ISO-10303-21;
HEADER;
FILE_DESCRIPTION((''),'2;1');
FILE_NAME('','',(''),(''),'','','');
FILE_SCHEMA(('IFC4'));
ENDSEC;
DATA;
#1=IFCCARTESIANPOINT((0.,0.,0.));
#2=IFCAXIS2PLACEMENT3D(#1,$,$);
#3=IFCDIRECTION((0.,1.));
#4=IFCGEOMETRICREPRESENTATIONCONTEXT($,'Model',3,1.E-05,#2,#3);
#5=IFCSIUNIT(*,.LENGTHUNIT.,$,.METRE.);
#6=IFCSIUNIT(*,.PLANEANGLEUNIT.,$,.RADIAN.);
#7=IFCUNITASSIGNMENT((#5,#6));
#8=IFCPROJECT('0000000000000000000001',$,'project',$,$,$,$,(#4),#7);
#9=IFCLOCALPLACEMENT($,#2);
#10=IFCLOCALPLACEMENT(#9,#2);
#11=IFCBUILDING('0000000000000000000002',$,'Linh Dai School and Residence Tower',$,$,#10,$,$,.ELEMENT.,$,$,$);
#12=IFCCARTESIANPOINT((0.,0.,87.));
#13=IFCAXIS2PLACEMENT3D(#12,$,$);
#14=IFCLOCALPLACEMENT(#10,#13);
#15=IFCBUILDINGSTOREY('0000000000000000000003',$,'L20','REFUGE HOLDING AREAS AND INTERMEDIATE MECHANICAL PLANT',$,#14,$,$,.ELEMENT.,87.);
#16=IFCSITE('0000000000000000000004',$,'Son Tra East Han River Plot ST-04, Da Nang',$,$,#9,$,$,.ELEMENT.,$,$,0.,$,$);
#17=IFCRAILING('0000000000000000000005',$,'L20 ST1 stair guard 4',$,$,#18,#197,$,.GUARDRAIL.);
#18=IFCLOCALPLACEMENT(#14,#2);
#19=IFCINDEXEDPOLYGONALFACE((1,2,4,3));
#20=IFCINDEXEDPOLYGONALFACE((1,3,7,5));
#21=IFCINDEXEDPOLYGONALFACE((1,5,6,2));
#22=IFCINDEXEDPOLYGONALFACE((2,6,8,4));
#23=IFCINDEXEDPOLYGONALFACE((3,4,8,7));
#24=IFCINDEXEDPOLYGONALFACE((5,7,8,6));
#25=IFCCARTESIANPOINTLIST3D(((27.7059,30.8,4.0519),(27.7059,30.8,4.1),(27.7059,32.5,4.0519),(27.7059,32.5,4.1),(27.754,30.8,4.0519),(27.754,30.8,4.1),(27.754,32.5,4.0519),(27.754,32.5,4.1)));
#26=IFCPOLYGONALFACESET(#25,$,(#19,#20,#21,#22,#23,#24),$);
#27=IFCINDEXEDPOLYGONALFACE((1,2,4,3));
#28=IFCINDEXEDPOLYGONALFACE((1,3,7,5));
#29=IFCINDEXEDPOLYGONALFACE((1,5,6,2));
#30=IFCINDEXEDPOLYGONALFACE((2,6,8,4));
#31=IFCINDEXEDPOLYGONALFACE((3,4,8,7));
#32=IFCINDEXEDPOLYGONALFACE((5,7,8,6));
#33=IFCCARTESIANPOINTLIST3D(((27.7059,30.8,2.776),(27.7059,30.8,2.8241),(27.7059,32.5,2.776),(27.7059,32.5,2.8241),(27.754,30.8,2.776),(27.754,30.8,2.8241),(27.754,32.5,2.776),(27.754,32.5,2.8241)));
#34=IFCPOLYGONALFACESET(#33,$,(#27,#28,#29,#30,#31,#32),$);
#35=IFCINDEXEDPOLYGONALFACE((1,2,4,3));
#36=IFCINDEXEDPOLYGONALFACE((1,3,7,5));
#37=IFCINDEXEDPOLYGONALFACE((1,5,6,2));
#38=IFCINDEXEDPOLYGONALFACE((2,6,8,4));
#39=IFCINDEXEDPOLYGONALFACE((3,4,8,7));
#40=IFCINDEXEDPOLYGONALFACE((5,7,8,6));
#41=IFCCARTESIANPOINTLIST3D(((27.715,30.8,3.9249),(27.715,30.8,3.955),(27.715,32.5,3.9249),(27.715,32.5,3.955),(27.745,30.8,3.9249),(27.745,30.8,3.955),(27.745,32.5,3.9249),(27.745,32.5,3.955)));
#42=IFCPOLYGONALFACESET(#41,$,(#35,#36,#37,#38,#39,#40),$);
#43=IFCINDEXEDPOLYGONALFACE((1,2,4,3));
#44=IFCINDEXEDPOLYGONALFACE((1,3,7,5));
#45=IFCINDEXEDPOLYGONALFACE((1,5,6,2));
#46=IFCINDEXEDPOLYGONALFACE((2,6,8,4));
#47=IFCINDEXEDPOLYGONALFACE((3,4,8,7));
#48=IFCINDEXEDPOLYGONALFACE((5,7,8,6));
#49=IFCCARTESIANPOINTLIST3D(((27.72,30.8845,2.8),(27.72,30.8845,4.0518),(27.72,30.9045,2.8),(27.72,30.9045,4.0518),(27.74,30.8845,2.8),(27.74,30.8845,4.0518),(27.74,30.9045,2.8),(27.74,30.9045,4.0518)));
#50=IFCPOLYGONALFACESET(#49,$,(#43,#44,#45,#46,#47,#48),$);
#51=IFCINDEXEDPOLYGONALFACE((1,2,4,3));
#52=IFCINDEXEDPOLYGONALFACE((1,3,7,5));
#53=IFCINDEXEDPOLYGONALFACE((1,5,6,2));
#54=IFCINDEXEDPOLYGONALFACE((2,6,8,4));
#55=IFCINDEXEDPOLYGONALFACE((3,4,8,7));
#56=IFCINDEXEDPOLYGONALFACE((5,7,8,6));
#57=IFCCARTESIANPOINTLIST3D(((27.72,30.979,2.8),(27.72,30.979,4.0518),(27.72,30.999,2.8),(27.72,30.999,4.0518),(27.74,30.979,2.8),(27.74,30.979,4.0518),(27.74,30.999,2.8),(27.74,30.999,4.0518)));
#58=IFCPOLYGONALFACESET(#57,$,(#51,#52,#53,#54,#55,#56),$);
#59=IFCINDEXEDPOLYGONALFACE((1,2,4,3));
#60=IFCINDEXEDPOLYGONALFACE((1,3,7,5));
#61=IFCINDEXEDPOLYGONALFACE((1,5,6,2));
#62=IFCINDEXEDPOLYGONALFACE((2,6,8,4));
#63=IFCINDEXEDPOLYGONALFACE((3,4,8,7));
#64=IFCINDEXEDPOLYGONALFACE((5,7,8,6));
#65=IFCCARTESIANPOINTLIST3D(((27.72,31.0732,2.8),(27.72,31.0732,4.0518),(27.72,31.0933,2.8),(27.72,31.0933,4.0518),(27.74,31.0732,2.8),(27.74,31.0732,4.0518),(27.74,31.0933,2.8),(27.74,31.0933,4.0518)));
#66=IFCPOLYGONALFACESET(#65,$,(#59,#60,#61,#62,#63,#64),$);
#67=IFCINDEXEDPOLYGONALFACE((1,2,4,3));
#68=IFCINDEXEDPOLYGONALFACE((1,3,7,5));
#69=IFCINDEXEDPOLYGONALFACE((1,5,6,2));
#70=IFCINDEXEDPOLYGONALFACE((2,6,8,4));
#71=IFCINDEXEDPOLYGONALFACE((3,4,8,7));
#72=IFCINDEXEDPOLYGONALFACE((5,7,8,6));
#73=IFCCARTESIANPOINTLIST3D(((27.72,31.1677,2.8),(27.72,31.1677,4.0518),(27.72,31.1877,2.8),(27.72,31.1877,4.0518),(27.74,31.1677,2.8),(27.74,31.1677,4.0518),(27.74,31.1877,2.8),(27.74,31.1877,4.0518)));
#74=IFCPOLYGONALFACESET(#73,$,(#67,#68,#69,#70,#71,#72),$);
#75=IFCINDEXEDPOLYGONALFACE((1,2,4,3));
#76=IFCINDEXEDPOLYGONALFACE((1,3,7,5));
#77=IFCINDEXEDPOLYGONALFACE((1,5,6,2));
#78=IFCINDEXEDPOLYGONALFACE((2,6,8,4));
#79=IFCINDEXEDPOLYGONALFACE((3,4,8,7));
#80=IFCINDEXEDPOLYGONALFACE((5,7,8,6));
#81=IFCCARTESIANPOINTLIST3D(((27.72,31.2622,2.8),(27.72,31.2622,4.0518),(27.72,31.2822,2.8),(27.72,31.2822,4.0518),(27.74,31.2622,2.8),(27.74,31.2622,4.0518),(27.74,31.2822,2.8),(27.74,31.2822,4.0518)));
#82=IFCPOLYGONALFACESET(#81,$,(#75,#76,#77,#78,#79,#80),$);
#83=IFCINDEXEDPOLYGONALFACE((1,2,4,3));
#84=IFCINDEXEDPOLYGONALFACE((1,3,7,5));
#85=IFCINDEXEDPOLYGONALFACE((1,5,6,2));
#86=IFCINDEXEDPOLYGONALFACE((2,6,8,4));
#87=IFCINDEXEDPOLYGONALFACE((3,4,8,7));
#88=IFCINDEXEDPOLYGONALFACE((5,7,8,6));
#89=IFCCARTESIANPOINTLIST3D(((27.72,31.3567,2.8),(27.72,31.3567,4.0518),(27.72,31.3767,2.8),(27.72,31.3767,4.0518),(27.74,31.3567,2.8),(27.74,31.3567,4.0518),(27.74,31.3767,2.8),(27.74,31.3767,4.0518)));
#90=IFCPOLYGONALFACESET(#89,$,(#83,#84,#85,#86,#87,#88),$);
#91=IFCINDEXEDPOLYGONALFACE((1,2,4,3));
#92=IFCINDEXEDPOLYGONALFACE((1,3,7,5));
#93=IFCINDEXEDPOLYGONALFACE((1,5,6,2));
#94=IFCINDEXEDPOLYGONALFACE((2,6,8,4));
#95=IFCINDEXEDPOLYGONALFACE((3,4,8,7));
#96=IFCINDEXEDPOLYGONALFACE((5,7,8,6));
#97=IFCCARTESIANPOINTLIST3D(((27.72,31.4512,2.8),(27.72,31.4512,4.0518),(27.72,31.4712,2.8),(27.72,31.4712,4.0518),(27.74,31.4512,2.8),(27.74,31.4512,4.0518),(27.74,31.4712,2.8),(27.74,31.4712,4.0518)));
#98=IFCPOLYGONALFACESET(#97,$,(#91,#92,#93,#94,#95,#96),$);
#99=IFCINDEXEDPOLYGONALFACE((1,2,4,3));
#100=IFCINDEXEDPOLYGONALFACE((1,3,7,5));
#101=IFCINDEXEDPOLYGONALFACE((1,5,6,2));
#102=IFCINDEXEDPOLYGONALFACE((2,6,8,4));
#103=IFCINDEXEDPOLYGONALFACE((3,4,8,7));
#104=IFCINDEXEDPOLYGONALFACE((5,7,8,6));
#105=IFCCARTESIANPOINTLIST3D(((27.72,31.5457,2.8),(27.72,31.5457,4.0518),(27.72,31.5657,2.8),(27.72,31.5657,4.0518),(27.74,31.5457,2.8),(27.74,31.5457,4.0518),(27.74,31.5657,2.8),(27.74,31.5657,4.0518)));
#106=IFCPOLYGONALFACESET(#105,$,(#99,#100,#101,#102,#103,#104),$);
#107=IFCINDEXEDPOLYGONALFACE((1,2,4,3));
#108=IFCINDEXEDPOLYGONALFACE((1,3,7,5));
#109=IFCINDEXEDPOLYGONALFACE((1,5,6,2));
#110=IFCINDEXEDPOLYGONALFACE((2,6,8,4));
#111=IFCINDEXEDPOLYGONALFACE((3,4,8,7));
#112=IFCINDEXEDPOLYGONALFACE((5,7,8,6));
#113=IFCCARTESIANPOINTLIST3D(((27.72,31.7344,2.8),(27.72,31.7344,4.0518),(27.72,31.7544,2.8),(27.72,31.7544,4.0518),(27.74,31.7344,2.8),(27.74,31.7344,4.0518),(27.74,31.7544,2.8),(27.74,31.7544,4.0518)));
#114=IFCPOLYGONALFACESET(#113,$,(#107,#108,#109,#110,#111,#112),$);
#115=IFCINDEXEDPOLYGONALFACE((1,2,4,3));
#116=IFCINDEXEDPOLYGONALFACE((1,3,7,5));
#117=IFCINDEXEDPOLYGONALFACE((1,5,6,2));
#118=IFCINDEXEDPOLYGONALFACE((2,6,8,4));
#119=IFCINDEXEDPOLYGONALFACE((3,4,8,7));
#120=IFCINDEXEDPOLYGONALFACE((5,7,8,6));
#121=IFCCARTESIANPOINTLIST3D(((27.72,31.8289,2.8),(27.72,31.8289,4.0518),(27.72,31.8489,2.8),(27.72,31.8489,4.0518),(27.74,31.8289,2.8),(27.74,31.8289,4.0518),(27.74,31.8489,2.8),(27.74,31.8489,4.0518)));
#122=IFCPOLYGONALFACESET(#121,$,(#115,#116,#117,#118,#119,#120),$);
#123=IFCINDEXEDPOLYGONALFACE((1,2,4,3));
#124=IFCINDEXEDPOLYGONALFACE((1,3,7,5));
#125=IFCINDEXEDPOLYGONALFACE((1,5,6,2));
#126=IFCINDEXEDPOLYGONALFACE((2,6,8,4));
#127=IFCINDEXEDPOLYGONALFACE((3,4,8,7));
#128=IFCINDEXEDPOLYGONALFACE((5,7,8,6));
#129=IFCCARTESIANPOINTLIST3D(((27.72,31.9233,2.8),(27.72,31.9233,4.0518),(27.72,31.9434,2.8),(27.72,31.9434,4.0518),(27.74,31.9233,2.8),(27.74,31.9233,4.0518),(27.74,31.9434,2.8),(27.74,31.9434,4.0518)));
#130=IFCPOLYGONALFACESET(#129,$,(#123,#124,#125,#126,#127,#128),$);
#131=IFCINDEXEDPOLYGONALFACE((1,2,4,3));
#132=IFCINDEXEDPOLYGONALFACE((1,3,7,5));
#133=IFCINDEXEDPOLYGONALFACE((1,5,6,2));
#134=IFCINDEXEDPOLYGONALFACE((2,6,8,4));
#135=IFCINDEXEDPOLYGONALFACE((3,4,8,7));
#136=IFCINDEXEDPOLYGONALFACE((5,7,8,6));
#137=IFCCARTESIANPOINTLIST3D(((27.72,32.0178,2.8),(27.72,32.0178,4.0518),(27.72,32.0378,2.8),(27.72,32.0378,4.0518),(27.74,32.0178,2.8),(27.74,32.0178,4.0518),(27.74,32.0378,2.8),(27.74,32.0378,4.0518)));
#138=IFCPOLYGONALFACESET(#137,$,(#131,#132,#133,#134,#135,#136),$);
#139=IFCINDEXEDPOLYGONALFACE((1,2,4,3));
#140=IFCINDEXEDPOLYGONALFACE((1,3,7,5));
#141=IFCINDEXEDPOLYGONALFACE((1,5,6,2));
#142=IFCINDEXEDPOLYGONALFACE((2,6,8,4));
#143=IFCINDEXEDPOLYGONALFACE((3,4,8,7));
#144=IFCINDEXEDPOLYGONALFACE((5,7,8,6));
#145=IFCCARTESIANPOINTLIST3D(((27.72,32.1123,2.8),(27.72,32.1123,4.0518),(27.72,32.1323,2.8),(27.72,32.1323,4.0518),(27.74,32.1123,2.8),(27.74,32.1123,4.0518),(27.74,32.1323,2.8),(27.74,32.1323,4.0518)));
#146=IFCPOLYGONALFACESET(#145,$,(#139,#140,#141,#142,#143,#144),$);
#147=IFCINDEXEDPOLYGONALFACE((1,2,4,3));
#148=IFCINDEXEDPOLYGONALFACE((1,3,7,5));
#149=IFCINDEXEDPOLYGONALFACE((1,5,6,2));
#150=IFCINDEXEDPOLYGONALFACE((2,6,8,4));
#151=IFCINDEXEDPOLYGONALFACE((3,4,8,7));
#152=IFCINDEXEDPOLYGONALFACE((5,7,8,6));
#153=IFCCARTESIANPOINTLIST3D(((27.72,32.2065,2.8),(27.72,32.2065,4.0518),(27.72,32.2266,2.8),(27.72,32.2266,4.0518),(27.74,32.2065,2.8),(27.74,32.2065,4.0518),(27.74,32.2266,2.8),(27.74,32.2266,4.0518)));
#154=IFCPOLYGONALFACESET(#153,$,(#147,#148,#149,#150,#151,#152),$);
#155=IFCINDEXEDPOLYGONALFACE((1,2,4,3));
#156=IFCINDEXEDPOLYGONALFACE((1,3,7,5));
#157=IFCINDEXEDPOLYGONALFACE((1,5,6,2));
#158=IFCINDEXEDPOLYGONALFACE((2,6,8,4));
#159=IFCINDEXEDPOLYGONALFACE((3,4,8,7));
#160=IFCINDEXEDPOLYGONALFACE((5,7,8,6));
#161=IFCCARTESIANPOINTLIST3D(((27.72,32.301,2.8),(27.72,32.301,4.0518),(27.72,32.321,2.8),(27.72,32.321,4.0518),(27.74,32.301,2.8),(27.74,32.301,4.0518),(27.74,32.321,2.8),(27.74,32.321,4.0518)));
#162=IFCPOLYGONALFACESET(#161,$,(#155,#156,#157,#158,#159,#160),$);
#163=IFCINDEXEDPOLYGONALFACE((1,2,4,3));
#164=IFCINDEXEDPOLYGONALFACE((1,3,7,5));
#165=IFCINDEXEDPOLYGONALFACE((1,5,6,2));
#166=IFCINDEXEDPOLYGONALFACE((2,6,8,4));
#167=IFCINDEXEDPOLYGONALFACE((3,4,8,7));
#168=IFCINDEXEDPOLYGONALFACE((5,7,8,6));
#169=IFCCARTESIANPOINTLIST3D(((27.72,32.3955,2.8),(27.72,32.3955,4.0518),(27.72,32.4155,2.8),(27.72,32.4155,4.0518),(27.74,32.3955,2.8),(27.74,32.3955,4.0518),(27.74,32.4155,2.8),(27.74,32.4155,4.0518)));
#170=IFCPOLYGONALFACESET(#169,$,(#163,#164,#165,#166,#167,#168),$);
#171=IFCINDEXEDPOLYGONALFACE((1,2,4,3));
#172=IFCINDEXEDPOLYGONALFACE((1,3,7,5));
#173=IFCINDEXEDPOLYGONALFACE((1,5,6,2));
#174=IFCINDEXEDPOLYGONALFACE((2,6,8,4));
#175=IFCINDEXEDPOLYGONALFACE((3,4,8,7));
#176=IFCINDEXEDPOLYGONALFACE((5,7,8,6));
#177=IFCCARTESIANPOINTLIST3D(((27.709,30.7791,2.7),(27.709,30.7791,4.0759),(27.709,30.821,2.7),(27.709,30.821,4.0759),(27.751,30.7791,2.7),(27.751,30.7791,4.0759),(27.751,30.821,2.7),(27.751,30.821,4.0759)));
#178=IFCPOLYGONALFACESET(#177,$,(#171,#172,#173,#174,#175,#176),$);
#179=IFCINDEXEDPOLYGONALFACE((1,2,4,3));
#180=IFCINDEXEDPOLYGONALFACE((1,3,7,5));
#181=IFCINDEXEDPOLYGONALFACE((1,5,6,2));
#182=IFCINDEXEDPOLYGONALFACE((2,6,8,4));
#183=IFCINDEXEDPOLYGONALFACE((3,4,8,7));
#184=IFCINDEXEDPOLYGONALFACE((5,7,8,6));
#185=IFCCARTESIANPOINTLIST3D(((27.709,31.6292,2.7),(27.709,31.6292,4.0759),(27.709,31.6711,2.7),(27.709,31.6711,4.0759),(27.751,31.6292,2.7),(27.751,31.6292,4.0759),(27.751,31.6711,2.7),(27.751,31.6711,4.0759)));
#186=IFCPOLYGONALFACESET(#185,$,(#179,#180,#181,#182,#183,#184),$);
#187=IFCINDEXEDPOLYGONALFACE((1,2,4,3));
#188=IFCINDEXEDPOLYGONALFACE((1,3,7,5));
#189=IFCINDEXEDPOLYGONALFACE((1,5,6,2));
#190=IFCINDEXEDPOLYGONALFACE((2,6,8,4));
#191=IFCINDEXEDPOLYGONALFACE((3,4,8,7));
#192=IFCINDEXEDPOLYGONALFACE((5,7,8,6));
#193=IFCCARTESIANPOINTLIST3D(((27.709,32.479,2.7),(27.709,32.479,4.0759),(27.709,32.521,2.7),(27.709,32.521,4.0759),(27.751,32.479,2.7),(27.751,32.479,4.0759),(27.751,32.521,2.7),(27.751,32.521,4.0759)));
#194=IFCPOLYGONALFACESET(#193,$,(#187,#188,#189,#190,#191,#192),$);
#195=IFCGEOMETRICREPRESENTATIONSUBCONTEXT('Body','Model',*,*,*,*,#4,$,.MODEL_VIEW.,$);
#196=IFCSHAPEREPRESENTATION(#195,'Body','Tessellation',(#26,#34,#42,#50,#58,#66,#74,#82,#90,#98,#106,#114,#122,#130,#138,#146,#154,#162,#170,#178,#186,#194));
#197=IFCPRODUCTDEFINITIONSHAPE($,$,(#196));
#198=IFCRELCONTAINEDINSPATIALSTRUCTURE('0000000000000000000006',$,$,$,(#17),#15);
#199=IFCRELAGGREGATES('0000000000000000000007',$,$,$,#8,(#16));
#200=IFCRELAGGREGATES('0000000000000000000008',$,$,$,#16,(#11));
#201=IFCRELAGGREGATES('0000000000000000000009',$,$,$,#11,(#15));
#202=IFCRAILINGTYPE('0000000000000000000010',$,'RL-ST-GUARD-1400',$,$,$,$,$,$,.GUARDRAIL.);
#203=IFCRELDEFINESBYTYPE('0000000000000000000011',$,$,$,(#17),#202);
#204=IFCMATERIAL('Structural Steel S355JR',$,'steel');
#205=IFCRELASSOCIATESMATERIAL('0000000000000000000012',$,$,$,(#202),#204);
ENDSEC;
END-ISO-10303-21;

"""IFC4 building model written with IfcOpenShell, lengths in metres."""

from ifc_helpers import new_model, si_unit, direction, frame, origin, origin_2d, place, context, subcontext, project, spatial, rectangle, extrude, source, transform, mapped, material, type_object, element, save


model = new_model("IFC4")

# Units and contexts
model_context = context("Model", 3, precision=1e-05, world=origin(), true_north=direction((0.0, 1.0)))
body_context = subcontext(model_context, "Body", "Model", "MODEL_VIEW")
ifc_project = project(units=[si_unit("LENGTHUNIT", "METRE"), si_unit("PLANEANGLEUNIT", "RADIAN")], contexts=[model_context])

# Site, building, storey
site_placement = place(None, origin())
site = spatial("IfcSite", under=ifc_project, at=site_placement, Name="Son Tra East Han River Plot ST-04, Da Nang", CompositionType="ELEMENT", RefElevation=0.0)
building_placement = place(site_placement, origin())
building = spatial("IfcBuilding", under=site, at=building_placement, Name="Linh Dai School and Residence Tower", CompositionType="ELEMENT")
storey_placement = place(building_placement, frame((0.0, 0.0, 87.0)))
storey = spatial("IfcBuildingStorey", under=building, at=storey_placement, Name="L20", Description="REFUGE HOLDING AREAS AND INTERMEDIATE MECHANICAL PLANT", CompositionType="ELEMENT", Elevation=87.0)

# Shared definitions
ifc_material_1 = material(Name="Structural Steel S355JR", Category="steel")

# Railing
railing_type_1 = type_object("IfcRailingType", Name="RL-ST-GUARD-1400", PredefinedType="GUARDRAIL", material=ifc_material_1)
shared_shape_1 = source(origin(), body_context, "Body", "SweptSolid", [
    extrude(rectangle(XDim=0.0481, YDim=0.0481, at=origin_2d()), frame((0.0, 0.0, 1.376), z_axis=(0.0, 1.0, 0.0), x_axis=(-1.0, 0.0, 0.0)), (0.0, 0.0, 1.0), 1.7),
    extrude(rectangle(XDim=0.0481, YDim=0.0481, at=origin_2d()), frame((0.0, 0.0, 0.1001), z_axis=(0.0, 1.0, 0.0), x_axis=(-1.0, 0.0, 0.0)), (0.0, 0.0, 1.0), 1.7),
    extrude(rectangle(XDim=0.03, YDim=0.03, at=origin_2d()), frame((0.0, 0.0, 1.24), z_axis=(0.0, 1.0, 0.0), x_axis=(-1.0, 0.0, 0.0)), (0.0, 0.0, 1.0), 1.7),
    extrude(rectangle(XDim=0.02, YDim=0.02, at=origin_2d()), frame((0.0, 0.0945, 0.1001)), (0.0, 0.0, 1.0), 1.2517),
    extrude(rectangle(XDim=0.02, YDim=0.02, at=origin_2d()), frame((0.0, 0.189, 0.1001)), (0.0, 0.0, 1.0), 1.2517),
    extrude(rectangle(XDim=0.02, YDim=0.02, at=origin_2d()), frame((0.0, 0.2832, 0.1001)), (0.0, 0.0, 1.0), 1.2517),
    extrude(rectangle(XDim=0.02, YDim=0.02, at=origin_2d()), frame((0.0, 0.3777, 0.1001)), (0.0, 0.0, 1.0), 1.2517),
    extrude(rectangle(XDim=0.02, YDim=0.02, at=origin_2d()), frame((0.0, 0.4722, 0.1001)), (0.0, 0.0, 1.0), 1.2517),
    extrude(rectangle(XDim=0.02, YDim=0.02, at=origin_2d()), frame((0.0, 0.5667, 0.1001)), (0.0, 0.0, 1.0), 1.2517),
    extrude(rectangle(XDim=0.02, YDim=0.02, at=origin_2d()), frame((0.0, 0.6611, 0.1001)), (0.0, 0.0, 1.0), 1.2517),
    extrude(rectangle(XDim=0.02, YDim=0.02, at=origin_2d()), frame((0.0, 0.7556, 0.1001)), (0.0, 0.0, 1.0), 1.2517),
    extrude(rectangle(XDim=0.02, YDim=0.02, at=origin_2d()), frame((0.0, 0.9443, 0.1001)), (0.0, 0.0, 1.0), 1.2517),
    extrude(rectangle(XDim=0.02, YDim=0.02, at=origin_2d()), frame((0.0, 1.0388, 0.1001)), (0.0, 0.0, 1.0), 1.2517),
    extrude(rectangle(XDim=0.02, YDim=0.02, at=origin_2d()), frame((0.0, 1.1333, 0.1001)), (0.0, 0.0, 1.0), 1.2517),
    extrude(rectangle(XDim=0.02, YDim=0.02, at=origin_2d()), frame((0.0, 1.2278, 0.1001)), (0.0, 0.0, 1.0), 1.2517),
    extrude(rectangle(XDim=0.02, YDim=0.02, at=origin_2d()), frame((0.0, 1.3223, 0.1001)), (0.0, 0.0, 1.0), 1.2517),
    extrude(rectangle(XDim=0.02, YDim=0.02, at=origin_2d()), frame((0.0, 1.4165, 0.1001)), (0.0, 0.0, 1.0), 1.2517),
    extrude(rectangle(XDim=0.02, YDim=0.02, at=origin_2d()), frame((0.0, 1.511, 0.1001)), (0.0, 0.0, 1.0), 1.2517),
    extrude(rectangle(XDim=0.02, YDim=0.02, at=origin_2d()), frame((0.0, 1.6055, 0.1001)), (0.0, 0.0, 1.0), 1.2517),
    extrude(rectangle(XDim=0.042, YDim=0.042, at=origin_2d()), origin(), (0.0, 0.0, 1.0), 1.376),
    extrude(rectangle(XDim=0.042, YDim=0.042, at=origin_2d()), frame((0.0, 0.8501, 0.0)), (0.0, 0.0, 1.0), 1.376),
    extrude(rectangle(XDim=0.042, YDim=0.042, at=origin_2d()), frame((0.0, 1.7, 0.0)), (0.0, 0.0, 1.0), 1.376),
])
for number, where, name in (
    (1, (27.73, 30.8, 2.7), "L20 ST1 stair guard 4"),
):
    element("IfcRailing", number, at=place(storey_placement, frame(where)), inside=storey, type_object=railing_type_1, Name=name, PredefinedType="GUARDRAIL", context=body_context, shape_type="MappedRepresentation", body=[
        mapped(shared_shape_1, transform((0.0, 0.0, 0.0), x_axis=(1.0, 0.0, 0.0), y_axis=(0.0, 1.0, 0.0), z_axis=(0.0, 0.0, 1.0), scale=1.0)),
    ])

save(model, "model.ifc")
